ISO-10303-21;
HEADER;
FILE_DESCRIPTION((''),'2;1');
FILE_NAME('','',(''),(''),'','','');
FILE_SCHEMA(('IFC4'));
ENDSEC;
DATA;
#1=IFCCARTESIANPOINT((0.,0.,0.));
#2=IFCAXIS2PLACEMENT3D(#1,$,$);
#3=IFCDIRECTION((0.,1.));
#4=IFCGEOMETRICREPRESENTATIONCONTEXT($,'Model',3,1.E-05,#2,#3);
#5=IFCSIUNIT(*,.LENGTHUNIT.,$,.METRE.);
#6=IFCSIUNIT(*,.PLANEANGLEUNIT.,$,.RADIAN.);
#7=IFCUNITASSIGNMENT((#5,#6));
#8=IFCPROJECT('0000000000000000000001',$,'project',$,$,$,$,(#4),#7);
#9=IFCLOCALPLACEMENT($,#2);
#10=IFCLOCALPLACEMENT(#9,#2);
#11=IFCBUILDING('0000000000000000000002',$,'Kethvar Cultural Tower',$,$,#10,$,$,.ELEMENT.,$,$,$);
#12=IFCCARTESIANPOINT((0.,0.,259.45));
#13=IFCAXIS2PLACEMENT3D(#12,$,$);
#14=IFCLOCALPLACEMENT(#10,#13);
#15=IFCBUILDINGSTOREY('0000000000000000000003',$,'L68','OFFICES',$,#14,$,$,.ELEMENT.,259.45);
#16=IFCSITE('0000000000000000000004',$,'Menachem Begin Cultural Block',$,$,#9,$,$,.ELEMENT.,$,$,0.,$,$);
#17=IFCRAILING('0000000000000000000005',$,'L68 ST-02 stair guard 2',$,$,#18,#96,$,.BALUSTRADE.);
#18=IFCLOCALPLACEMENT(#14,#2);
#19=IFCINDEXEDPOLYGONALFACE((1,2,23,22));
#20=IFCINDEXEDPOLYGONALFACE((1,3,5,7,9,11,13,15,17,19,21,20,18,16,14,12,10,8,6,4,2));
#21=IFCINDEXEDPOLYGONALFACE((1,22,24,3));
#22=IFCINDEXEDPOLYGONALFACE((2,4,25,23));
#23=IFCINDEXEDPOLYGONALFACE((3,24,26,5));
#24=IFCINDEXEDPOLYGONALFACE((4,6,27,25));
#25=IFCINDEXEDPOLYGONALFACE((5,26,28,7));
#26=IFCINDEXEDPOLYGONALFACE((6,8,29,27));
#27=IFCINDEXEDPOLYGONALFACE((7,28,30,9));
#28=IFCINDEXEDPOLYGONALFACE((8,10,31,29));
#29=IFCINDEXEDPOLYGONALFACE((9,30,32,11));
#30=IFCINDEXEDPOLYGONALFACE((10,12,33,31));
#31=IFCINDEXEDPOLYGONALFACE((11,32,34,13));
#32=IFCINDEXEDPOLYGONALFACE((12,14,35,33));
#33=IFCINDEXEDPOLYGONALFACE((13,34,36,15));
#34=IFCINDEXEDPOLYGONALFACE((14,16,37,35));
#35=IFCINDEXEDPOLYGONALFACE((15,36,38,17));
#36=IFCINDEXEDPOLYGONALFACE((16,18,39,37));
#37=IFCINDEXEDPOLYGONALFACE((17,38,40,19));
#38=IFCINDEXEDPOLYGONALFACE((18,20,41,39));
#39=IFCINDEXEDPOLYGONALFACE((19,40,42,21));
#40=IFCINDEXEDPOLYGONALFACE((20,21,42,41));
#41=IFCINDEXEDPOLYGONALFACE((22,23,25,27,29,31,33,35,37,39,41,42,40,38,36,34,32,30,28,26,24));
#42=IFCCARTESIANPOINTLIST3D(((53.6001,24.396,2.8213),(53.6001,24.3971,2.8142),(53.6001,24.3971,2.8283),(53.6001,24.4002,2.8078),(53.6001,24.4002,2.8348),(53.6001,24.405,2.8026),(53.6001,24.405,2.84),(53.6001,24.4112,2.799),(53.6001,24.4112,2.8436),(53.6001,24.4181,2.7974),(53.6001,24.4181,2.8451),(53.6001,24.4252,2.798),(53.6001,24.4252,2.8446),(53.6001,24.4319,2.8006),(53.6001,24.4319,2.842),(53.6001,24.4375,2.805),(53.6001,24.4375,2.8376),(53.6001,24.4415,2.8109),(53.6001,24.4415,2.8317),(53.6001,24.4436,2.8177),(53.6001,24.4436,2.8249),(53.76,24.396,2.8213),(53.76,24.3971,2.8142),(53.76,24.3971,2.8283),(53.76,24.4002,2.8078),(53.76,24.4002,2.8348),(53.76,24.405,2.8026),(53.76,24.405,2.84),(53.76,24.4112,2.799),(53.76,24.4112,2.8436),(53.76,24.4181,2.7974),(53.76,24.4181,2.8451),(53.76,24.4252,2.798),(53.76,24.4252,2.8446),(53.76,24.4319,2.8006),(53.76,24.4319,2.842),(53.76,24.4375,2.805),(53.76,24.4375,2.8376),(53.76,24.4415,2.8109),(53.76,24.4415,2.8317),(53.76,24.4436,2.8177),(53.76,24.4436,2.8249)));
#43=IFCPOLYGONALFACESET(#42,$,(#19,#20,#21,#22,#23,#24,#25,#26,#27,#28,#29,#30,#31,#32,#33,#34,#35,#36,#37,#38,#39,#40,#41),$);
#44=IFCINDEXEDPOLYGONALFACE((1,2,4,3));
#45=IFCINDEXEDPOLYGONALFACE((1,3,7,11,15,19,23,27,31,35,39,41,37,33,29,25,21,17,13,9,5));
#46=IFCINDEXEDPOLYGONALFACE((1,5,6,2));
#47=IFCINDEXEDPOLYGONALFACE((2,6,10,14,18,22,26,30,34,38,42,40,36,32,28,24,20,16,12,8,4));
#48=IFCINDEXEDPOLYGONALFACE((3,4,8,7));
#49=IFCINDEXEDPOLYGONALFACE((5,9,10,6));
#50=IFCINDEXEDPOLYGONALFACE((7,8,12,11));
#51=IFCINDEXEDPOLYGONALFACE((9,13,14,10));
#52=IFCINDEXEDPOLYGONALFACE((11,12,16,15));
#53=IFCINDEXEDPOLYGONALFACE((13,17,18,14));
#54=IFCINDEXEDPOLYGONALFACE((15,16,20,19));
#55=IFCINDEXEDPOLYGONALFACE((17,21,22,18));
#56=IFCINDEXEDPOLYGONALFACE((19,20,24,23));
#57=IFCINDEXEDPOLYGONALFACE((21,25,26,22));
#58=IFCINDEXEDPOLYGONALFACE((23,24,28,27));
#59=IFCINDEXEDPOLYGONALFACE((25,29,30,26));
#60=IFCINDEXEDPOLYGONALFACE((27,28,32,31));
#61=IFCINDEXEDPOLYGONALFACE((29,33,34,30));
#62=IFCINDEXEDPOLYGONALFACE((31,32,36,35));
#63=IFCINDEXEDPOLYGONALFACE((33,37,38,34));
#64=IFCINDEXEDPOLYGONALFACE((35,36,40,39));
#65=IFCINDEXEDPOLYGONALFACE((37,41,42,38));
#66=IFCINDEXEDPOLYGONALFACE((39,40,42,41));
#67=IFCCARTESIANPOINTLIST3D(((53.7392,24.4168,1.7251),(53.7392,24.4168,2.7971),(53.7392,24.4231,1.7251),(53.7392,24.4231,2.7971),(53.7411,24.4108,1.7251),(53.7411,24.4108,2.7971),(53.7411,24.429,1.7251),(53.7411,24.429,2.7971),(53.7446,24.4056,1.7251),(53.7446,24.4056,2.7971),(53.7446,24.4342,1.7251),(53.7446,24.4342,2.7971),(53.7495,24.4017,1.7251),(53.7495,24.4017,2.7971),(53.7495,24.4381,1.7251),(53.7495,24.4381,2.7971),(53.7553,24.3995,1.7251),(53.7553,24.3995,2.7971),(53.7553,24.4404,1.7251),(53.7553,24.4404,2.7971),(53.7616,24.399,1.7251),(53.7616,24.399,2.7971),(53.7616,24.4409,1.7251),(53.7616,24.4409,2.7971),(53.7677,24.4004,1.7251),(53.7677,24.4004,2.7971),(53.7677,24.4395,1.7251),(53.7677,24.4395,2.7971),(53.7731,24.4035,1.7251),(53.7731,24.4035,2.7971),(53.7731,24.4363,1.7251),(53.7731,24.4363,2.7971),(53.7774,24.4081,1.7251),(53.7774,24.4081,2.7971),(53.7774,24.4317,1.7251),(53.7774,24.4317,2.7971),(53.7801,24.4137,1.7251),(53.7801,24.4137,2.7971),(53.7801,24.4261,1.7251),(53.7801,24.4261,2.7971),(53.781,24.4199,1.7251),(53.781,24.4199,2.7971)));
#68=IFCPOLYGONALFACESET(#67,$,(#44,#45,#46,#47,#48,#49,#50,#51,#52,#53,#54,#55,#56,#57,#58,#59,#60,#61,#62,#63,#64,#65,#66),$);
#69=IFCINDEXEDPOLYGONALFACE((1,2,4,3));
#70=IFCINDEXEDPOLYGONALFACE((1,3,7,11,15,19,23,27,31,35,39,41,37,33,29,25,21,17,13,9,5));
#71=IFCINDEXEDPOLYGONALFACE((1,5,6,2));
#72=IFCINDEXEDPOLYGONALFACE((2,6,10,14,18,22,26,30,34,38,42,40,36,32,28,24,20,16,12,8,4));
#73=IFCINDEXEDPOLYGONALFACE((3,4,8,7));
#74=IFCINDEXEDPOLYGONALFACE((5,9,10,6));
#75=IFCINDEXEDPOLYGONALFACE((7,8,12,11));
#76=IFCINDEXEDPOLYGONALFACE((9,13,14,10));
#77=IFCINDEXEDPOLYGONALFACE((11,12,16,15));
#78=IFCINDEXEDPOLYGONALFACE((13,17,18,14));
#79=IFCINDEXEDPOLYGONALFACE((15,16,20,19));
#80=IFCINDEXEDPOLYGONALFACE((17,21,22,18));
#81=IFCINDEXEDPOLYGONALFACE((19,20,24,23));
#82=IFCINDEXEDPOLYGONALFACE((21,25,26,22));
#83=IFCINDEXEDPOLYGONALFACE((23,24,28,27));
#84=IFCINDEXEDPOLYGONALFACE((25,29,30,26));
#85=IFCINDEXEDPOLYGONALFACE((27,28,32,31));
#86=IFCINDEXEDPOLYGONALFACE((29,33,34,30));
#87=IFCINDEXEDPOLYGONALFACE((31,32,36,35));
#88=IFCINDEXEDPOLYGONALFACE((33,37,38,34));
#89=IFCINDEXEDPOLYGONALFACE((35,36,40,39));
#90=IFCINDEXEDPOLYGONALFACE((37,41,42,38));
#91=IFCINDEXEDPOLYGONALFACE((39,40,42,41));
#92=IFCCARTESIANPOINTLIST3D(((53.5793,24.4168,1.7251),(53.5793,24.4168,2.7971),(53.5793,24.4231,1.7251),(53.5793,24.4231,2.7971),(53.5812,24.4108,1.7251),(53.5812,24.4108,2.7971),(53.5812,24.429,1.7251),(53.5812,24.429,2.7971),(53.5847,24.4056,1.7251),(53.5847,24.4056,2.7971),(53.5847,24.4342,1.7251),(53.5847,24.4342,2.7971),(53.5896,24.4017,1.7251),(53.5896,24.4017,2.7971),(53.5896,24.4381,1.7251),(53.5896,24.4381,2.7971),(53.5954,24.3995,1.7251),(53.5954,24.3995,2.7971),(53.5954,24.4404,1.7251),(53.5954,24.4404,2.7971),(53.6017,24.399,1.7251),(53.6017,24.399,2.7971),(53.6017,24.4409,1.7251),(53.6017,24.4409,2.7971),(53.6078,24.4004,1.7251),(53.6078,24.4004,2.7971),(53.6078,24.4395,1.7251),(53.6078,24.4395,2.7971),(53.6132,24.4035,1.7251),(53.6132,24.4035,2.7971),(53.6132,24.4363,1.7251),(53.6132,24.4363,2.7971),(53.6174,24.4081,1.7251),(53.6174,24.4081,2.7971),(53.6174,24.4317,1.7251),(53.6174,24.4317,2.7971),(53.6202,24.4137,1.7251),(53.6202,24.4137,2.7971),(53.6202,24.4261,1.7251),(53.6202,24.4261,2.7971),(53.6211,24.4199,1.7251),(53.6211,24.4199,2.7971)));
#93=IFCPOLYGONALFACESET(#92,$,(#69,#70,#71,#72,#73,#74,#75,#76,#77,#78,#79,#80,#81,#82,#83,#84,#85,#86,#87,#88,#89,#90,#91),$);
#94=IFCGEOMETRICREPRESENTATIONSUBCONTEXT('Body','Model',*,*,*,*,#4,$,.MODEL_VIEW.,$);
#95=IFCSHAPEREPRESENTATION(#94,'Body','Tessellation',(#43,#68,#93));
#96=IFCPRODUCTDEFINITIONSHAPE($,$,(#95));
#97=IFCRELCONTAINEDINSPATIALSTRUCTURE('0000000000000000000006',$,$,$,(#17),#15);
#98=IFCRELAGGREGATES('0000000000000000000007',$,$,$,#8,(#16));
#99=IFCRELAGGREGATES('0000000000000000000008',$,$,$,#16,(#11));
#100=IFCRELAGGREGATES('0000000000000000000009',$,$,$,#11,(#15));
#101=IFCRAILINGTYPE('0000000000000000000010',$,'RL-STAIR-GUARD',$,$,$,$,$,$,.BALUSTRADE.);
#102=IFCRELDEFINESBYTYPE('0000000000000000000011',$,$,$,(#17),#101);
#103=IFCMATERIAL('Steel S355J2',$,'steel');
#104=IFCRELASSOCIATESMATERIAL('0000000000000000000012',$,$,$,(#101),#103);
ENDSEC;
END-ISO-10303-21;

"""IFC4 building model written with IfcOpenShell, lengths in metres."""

from ifc_helpers import new_model, si_unit, direction, frame, origin, origin_2d, place, context, subcontext, project, spatial, circle, extrude, material, type_object, element, save


model = new_model("IFC4")

# Units and contexts
model_context = context("Model", 3, precision=1e-05, world=origin(), true_north=direction((0.0, 1.0)))
body_context = subcontext(model_context, "Body", "Model", "MODEL_VIEW")
ifc_project = project(units=[si_unit("LENGTHUNIT", "METRE"), si_unit("PLANEANGLEUNIT", "RADIAN")], contexts=[model_context])

# Site, building, storey
site_placement = place(None, origin())
site = spatial("IfcSite", under=ifc_project, at=site_placement, Name="Menachem Begin Cultural Block", CompositionType="ELEMENT", RefElevation=0.0)
building_placement = place(site_placement, origin())
building = spatial("IfcBuilding", under=site, at=building_placement, Name="Kethvar Cultural Tower", CompositionType="ELEMENT")
storey_placement = place(building_placement, frame((0.0, 0.0, 259.45)))
storey = spatial("IfcBuildingStorey", under=building, at=storey_placement, Name="L68", Description="OFFICES", CompositionType="ELEMENT", Elevation=259.45)

# Shared definitions
ifc_material_1 = material(Name="Steel S355J2", Category="steel")

# Railing
railing_type_1 = type_object("IfcRailingType", Name="RL-STAIR-GUARD", PredefinedType="BALUSTRADE", material=ifc_material_1)
railing_1_placement = place(storey_placement, frame((53.76, 24.4199, 1.7251)))
element("IfcRailing", 1, at=railing_1_placement, inside=storey, type_object=railing_type_1, Name="L68 ST-02 stair guard 2", PredefinedType="BALUSTRADE", context=body_context, shape_type="SweptSolid", body=[
    extrude(circle(Radius=0.0239, at=origin_2d()), frame((0.0, 0.0, 1.0962), z_axis=(-1.0, 0.0, 0.0), x_axis=(0.0, -1.0, 0.0)), (0.0, 0.0, 1.0), 0.1599),
    extrude(circle(Radius=0.021, at=origin_2d()), origin(), (0.0, 0.0, 1.0), 1.072),
    extrude(circle(Radius=0.021, at=origin_2d()), frame((-0.1599, 0.0, 0.0)), (0.0, 0.0, 1.0), 1.072),
])

save(model, "model.ifc")
